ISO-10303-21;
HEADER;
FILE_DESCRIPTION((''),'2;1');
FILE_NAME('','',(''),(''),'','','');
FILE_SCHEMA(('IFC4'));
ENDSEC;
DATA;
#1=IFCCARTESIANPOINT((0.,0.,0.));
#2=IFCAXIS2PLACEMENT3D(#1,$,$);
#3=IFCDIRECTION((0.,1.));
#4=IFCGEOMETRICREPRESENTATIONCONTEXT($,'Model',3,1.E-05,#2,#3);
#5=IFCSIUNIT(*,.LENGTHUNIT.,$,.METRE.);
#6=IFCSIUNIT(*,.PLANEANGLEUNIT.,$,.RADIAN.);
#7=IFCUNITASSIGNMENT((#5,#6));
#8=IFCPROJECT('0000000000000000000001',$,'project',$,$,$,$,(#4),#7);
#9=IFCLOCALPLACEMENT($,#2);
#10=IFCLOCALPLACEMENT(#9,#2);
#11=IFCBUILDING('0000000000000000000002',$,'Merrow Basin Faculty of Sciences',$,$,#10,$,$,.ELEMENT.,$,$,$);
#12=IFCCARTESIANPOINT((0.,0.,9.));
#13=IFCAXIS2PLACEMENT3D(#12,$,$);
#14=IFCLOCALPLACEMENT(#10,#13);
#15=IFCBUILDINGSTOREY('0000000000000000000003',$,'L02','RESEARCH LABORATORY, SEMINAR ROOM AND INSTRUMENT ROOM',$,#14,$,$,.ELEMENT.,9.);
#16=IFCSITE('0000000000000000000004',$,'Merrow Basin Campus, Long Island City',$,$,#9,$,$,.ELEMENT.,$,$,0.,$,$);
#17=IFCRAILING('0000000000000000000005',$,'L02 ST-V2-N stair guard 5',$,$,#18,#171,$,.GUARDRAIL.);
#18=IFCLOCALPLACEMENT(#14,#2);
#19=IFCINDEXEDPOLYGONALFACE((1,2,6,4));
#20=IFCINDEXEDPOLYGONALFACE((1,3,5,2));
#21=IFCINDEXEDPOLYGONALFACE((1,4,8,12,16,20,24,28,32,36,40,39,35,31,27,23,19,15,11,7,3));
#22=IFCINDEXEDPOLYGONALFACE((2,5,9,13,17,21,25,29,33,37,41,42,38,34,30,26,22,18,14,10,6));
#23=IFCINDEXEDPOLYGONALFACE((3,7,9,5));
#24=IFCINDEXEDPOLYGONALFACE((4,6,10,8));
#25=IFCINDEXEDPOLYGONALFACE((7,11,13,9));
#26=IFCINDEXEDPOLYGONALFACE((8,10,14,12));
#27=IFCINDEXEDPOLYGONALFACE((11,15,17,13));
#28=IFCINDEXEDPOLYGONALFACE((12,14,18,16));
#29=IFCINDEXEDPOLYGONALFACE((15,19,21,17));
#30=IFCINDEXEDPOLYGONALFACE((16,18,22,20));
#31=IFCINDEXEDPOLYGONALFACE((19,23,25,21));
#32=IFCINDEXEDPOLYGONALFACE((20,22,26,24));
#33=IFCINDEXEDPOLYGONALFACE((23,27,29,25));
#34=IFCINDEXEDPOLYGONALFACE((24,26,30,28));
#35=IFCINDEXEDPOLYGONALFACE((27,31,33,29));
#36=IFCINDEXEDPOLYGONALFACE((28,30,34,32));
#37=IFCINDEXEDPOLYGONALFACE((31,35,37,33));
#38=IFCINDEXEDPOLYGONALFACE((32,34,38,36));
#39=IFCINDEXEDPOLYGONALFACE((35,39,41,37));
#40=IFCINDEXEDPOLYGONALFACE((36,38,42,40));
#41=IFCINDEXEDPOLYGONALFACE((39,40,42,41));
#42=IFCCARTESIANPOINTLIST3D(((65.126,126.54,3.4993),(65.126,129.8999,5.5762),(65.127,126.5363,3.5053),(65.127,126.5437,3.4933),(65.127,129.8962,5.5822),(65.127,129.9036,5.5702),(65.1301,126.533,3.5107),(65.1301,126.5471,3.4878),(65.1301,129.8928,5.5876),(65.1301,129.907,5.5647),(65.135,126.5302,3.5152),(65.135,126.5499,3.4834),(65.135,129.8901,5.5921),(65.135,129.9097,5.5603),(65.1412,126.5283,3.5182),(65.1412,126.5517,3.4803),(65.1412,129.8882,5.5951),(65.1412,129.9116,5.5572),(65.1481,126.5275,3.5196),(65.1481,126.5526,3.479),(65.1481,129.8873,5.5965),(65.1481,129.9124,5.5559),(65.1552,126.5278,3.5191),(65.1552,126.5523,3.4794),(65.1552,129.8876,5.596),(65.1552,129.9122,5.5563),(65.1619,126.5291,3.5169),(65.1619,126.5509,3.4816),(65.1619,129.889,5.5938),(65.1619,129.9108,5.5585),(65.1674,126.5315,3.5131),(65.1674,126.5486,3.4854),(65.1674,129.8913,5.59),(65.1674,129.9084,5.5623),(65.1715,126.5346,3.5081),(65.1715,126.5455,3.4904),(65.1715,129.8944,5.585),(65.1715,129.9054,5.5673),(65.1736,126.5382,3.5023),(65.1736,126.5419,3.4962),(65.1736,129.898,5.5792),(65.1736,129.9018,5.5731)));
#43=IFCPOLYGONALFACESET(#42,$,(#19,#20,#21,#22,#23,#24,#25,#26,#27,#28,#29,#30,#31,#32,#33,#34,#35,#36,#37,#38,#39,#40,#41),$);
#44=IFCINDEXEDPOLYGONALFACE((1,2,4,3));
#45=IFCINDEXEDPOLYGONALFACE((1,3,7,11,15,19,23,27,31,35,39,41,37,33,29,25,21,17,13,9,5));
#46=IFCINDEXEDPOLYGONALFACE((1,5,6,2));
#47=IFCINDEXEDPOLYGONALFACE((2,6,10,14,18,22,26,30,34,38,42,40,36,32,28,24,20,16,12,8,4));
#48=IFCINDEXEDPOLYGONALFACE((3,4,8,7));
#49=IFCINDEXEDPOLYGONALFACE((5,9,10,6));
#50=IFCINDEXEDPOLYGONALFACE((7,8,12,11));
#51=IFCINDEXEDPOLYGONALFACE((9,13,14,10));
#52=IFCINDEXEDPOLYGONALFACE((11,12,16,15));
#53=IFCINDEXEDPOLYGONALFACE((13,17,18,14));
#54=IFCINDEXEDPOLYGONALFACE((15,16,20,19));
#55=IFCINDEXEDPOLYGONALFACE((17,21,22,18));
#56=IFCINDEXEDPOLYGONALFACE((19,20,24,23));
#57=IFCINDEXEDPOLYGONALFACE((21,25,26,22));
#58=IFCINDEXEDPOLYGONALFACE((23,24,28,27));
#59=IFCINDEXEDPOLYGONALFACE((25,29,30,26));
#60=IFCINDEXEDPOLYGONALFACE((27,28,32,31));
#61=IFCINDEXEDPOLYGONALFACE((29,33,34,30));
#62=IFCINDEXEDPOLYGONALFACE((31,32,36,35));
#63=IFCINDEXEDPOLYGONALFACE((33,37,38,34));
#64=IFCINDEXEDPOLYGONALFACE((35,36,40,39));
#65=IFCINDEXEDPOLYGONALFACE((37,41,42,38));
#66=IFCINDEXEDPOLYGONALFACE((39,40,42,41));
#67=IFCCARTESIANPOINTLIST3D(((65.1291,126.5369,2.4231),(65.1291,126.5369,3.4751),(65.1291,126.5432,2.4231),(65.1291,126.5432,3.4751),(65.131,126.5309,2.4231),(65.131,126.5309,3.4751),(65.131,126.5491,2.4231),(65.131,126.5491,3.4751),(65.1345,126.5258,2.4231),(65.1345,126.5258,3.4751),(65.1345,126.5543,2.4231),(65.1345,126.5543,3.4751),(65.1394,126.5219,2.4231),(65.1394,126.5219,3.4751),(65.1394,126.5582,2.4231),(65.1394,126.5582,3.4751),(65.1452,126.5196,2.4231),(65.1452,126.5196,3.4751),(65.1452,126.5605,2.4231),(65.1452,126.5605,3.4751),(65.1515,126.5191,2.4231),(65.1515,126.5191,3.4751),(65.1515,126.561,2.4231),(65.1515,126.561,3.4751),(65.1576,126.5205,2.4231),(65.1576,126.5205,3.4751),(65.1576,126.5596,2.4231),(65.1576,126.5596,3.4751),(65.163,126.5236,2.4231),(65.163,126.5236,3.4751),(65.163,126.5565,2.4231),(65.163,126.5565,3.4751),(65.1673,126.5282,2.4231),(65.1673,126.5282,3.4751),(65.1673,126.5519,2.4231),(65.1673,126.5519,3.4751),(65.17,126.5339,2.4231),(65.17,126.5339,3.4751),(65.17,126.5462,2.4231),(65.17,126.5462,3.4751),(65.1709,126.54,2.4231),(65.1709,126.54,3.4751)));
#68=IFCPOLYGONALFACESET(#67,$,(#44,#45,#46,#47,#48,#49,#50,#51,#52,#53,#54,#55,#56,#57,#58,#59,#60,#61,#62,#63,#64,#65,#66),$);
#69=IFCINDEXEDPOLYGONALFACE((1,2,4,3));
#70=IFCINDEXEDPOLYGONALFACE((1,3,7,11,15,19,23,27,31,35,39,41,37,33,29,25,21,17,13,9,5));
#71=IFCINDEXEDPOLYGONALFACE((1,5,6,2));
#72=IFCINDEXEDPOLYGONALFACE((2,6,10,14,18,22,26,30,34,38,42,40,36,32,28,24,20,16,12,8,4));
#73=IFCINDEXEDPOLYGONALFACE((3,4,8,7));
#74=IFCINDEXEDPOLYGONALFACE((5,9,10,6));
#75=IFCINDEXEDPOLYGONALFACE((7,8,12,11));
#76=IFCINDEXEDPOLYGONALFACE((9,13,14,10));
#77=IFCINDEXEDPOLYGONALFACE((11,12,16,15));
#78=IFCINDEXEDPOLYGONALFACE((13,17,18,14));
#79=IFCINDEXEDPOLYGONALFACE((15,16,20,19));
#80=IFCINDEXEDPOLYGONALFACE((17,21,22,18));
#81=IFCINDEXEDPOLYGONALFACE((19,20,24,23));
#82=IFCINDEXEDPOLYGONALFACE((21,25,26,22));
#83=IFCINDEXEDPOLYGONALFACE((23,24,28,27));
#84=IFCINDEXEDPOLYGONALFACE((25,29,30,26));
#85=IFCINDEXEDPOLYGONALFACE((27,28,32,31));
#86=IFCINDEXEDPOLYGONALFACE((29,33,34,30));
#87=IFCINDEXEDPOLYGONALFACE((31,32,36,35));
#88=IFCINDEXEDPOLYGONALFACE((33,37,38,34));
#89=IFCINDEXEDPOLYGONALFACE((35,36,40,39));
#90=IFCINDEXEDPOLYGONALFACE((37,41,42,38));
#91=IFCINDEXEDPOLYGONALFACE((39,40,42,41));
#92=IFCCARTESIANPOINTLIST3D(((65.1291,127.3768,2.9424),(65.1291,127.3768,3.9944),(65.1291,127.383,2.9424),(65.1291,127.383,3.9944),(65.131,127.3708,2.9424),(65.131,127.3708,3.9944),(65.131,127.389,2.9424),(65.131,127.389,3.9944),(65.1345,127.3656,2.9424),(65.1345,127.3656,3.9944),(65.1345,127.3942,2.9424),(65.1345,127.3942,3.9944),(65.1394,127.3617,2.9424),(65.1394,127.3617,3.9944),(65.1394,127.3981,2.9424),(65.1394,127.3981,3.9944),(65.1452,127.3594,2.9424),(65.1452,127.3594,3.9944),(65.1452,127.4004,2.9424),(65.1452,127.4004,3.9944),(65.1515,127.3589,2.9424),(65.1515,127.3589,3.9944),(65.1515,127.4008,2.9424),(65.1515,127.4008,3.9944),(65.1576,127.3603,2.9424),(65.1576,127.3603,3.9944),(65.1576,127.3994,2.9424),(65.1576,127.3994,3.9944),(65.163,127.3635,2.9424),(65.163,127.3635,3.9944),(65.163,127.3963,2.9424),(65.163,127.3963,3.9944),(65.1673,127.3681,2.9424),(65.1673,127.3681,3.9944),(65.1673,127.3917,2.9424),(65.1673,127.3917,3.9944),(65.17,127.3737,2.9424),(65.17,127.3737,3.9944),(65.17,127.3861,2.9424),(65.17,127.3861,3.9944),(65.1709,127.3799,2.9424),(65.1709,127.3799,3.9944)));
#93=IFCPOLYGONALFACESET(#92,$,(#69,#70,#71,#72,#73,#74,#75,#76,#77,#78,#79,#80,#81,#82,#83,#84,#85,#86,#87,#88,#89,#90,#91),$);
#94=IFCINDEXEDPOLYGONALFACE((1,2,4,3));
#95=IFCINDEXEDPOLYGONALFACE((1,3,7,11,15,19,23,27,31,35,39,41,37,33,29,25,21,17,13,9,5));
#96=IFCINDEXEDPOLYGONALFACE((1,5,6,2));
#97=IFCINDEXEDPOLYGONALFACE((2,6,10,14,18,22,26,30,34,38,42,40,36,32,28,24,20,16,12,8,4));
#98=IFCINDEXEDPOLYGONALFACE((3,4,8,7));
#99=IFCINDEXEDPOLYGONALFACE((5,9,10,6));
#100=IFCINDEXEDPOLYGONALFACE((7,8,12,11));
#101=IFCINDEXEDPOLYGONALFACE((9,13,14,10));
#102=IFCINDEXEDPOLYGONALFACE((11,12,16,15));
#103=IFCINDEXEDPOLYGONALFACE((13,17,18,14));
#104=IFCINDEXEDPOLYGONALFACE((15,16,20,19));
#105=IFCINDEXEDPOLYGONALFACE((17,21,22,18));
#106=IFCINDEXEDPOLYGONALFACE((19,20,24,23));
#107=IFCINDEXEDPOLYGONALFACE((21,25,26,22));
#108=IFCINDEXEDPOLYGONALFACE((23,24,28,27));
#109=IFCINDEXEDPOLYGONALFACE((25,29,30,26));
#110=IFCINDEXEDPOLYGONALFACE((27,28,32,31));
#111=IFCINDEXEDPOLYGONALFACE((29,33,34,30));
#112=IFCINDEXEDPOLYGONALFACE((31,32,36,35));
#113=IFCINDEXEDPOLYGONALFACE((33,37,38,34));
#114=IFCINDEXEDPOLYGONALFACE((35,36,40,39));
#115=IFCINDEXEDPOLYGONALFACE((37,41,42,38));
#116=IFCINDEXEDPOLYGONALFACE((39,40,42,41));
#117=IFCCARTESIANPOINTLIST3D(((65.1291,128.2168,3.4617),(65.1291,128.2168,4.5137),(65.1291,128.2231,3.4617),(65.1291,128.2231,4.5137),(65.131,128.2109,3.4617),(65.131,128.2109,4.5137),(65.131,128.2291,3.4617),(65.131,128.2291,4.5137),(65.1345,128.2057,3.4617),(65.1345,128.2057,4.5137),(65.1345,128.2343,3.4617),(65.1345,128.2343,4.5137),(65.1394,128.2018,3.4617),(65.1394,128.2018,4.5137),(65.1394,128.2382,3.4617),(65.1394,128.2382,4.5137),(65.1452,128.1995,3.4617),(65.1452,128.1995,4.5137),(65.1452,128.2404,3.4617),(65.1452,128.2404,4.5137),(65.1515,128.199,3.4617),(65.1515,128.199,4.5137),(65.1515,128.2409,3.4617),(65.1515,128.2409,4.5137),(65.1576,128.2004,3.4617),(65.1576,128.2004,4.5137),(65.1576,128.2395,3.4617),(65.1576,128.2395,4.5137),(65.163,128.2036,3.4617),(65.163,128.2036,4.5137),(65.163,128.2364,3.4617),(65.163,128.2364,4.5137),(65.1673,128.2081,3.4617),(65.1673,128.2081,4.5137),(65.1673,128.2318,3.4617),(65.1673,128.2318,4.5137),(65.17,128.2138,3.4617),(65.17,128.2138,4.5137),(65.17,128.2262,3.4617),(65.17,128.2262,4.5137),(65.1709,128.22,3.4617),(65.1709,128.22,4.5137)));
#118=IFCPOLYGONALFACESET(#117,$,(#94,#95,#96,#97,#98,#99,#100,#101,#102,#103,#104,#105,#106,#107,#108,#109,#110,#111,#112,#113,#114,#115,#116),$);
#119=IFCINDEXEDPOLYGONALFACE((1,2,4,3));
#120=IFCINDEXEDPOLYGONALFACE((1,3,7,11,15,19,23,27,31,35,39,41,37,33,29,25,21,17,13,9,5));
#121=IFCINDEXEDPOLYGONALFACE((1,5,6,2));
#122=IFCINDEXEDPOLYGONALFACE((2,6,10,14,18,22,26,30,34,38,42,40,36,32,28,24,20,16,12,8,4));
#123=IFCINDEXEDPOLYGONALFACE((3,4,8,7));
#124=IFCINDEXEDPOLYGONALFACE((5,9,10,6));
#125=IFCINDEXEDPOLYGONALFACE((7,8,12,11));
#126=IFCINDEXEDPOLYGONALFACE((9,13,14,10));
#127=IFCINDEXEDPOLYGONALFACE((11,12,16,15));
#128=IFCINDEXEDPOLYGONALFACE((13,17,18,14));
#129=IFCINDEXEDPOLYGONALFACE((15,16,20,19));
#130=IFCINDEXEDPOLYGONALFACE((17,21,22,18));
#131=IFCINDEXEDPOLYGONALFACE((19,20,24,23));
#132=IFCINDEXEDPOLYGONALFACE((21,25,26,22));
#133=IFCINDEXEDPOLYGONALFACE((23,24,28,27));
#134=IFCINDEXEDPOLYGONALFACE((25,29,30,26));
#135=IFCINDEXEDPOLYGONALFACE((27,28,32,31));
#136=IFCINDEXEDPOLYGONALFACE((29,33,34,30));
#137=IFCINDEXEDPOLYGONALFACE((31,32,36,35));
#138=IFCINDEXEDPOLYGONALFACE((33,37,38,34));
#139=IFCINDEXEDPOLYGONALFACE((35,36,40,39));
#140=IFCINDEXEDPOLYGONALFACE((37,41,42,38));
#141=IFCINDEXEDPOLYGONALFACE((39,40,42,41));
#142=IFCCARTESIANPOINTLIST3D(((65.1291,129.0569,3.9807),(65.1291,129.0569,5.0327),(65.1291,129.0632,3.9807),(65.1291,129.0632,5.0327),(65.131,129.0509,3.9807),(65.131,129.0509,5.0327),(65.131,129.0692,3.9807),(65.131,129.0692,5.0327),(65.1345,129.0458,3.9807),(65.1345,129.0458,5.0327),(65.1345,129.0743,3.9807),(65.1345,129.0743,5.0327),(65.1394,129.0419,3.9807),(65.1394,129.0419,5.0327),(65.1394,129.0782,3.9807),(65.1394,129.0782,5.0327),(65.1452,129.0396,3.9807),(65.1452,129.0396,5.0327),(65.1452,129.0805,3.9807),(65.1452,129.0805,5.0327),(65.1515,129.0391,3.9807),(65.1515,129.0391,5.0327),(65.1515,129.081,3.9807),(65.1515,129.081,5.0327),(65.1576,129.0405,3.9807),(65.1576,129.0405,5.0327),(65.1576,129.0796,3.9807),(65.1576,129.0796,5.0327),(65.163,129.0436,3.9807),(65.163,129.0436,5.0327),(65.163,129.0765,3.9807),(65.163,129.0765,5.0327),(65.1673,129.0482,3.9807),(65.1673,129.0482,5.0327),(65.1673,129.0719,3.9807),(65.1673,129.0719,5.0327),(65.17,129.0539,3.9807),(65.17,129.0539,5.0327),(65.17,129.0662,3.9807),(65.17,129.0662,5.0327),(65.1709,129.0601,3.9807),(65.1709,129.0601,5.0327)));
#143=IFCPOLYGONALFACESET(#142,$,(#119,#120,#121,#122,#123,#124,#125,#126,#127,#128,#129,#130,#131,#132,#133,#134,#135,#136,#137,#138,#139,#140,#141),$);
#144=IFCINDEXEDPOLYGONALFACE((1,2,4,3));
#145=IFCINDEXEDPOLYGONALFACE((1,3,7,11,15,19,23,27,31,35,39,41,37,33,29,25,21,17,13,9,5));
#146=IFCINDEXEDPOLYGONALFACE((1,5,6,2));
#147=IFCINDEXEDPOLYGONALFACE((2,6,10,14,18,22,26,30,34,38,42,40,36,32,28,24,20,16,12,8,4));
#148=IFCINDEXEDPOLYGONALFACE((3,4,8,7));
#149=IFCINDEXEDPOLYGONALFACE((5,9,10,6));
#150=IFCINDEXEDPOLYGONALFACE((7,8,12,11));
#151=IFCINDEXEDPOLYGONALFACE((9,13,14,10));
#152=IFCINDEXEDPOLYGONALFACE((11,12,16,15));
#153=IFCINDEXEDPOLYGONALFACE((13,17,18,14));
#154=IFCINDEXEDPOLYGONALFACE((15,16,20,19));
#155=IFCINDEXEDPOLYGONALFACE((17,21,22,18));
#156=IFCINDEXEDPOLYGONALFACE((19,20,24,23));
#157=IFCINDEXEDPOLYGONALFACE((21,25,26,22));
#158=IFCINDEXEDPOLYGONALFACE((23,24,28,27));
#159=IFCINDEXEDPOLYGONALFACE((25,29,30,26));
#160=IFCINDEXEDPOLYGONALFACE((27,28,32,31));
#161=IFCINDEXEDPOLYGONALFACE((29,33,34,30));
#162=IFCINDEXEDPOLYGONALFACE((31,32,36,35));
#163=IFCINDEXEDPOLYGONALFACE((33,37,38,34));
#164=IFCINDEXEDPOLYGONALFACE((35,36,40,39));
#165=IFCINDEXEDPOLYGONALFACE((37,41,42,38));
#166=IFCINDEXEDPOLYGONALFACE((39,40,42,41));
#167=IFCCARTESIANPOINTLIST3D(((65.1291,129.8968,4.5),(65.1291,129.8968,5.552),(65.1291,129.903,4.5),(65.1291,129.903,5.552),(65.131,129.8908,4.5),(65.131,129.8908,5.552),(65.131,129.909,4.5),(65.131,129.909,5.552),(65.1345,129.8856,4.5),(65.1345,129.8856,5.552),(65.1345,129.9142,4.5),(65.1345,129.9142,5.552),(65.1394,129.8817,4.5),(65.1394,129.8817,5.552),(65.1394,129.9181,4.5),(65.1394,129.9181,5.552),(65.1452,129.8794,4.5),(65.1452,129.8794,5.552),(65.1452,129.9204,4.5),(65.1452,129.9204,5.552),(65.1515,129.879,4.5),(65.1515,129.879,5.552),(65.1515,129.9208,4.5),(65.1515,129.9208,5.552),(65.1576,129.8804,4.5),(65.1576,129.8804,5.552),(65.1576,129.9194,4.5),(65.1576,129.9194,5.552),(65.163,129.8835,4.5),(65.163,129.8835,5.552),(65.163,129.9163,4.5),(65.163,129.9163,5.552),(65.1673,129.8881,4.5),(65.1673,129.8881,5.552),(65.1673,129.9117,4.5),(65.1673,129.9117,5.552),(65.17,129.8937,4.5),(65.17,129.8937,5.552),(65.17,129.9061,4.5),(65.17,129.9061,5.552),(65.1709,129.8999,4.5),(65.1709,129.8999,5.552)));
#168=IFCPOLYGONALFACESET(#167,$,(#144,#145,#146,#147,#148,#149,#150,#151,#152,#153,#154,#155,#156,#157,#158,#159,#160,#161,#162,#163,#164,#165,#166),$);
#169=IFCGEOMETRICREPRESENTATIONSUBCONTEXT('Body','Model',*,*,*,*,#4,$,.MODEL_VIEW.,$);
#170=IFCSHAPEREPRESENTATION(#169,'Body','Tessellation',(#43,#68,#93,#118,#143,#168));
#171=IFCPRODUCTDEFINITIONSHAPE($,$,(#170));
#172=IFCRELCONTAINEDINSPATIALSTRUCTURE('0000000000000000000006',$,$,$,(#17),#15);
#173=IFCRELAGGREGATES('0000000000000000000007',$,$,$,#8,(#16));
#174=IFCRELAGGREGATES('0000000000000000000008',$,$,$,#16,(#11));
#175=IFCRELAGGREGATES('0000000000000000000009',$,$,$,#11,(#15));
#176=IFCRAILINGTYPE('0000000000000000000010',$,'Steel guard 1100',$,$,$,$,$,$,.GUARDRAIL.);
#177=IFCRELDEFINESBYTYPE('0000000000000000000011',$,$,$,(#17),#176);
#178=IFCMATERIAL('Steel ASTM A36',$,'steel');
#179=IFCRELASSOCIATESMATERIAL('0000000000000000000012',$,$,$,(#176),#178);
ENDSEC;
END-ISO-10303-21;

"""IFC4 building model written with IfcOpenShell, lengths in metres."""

from ifc_helpers import new_model, si_unit, direction, frame, origin, origin_2d, place, context, subcontext, project, spatial, circle, extrude, material, type_object, element, save


model = new_model("IFC4")

# Units and contexts
model_context = context("Model", 3, precision=1e-05, world=origin(), true_north=direction((0.0, 1.0)))
body_context = subcontext(model_context, "Body", "Model", "MODEL_VIEW")
ifc_project = project(units=[si_unit("LENGTHUNIT", "METRE"), si_unit("PLANEANGLEUNIT", "RADIAN")], contexts=[model_context])

# Site, building, storey
site_placement = place(None, origin())
site = spatial("IfcSite", under=ifc_project, at=site_placement, Name="Merrow Basin Campus, Long Island City", CompositionType="ELEMENT", RefElevation=0.0)
building_placement = place(site_placement, origin())
building = spatial("IfcBuilding", under=site, at=building_placement, Name="Merrow Basin Faculty of Sciences", CompositionType="ELEMENT")
storey_placement = place(building_placement, frame((0.0, 0.0, 9.0)))
storey = spatial("IfcBuildingStorey", under=building, at=storey_placement, Name="L02", Description="RESEARCH LABORATORY, SEMINAR ROOM AND INSTRUMENT ROOM", CompositionType="ELEMENT", Elevation=9.0)

# Railing
ifc_material_1 = material(Name="Steel ASTM A36", Category="steel")
railing_type_1 = type_object("IfcRailingType", Name="Steel guard 1100", PredefinedType="GUARDRAIL", material=ifc_material_1)
railing_1_placement = place(storey_placement, frame((65.1499, 126.54, 2.4231)))
element("IfcRailing", 1, at=railing_1_placement, inside=storey, type_object=railing_type_1, Name="L02 ST-V2-N stair guard 5", PredefinedType="GUARDRAIL", context=body_context, shape_type="SweptSolid", body=[
    extrude(circle(Radius=0.0239, at=origin_2d()), frame((0.0, 0.0, 1.0762), z_axis=(0.0, 0.850606, 0.525803), x_axis=(-1.0, 0.0, 0.0)), (0.0, 0.0, 1.0), 3.95),
    extrude(circle(Radius=0.021, at=origin_2d()), origin(), (0.0, 0.0, 1.0), 1.052),
    extrude(circle(Radius=0.021, at=origin_2d()), frame((0.0, 0.8398, 0.5193)), (0.0, 0.0, 1.0), 1.052),
    extrude(circle(Radius=0.021, at=origin_2d()), frame((0.0, 1.6799, 1.0386)), (0.0, 0.0, 1.0), 1.052),
    extrude(circle(Radius=0.021, at=origin_2d()), frame((0.0, 2.52, 1.5576)), (0.0, 0.0, 1.0), 1.052),
    extrude(circle(Radius=0.021, at=origin_2d()), frame((0.0, 3.3599, 2.0769)), (0.0, 0.0, 1.0), 1.052),
])

save(model, "model.ifc")
